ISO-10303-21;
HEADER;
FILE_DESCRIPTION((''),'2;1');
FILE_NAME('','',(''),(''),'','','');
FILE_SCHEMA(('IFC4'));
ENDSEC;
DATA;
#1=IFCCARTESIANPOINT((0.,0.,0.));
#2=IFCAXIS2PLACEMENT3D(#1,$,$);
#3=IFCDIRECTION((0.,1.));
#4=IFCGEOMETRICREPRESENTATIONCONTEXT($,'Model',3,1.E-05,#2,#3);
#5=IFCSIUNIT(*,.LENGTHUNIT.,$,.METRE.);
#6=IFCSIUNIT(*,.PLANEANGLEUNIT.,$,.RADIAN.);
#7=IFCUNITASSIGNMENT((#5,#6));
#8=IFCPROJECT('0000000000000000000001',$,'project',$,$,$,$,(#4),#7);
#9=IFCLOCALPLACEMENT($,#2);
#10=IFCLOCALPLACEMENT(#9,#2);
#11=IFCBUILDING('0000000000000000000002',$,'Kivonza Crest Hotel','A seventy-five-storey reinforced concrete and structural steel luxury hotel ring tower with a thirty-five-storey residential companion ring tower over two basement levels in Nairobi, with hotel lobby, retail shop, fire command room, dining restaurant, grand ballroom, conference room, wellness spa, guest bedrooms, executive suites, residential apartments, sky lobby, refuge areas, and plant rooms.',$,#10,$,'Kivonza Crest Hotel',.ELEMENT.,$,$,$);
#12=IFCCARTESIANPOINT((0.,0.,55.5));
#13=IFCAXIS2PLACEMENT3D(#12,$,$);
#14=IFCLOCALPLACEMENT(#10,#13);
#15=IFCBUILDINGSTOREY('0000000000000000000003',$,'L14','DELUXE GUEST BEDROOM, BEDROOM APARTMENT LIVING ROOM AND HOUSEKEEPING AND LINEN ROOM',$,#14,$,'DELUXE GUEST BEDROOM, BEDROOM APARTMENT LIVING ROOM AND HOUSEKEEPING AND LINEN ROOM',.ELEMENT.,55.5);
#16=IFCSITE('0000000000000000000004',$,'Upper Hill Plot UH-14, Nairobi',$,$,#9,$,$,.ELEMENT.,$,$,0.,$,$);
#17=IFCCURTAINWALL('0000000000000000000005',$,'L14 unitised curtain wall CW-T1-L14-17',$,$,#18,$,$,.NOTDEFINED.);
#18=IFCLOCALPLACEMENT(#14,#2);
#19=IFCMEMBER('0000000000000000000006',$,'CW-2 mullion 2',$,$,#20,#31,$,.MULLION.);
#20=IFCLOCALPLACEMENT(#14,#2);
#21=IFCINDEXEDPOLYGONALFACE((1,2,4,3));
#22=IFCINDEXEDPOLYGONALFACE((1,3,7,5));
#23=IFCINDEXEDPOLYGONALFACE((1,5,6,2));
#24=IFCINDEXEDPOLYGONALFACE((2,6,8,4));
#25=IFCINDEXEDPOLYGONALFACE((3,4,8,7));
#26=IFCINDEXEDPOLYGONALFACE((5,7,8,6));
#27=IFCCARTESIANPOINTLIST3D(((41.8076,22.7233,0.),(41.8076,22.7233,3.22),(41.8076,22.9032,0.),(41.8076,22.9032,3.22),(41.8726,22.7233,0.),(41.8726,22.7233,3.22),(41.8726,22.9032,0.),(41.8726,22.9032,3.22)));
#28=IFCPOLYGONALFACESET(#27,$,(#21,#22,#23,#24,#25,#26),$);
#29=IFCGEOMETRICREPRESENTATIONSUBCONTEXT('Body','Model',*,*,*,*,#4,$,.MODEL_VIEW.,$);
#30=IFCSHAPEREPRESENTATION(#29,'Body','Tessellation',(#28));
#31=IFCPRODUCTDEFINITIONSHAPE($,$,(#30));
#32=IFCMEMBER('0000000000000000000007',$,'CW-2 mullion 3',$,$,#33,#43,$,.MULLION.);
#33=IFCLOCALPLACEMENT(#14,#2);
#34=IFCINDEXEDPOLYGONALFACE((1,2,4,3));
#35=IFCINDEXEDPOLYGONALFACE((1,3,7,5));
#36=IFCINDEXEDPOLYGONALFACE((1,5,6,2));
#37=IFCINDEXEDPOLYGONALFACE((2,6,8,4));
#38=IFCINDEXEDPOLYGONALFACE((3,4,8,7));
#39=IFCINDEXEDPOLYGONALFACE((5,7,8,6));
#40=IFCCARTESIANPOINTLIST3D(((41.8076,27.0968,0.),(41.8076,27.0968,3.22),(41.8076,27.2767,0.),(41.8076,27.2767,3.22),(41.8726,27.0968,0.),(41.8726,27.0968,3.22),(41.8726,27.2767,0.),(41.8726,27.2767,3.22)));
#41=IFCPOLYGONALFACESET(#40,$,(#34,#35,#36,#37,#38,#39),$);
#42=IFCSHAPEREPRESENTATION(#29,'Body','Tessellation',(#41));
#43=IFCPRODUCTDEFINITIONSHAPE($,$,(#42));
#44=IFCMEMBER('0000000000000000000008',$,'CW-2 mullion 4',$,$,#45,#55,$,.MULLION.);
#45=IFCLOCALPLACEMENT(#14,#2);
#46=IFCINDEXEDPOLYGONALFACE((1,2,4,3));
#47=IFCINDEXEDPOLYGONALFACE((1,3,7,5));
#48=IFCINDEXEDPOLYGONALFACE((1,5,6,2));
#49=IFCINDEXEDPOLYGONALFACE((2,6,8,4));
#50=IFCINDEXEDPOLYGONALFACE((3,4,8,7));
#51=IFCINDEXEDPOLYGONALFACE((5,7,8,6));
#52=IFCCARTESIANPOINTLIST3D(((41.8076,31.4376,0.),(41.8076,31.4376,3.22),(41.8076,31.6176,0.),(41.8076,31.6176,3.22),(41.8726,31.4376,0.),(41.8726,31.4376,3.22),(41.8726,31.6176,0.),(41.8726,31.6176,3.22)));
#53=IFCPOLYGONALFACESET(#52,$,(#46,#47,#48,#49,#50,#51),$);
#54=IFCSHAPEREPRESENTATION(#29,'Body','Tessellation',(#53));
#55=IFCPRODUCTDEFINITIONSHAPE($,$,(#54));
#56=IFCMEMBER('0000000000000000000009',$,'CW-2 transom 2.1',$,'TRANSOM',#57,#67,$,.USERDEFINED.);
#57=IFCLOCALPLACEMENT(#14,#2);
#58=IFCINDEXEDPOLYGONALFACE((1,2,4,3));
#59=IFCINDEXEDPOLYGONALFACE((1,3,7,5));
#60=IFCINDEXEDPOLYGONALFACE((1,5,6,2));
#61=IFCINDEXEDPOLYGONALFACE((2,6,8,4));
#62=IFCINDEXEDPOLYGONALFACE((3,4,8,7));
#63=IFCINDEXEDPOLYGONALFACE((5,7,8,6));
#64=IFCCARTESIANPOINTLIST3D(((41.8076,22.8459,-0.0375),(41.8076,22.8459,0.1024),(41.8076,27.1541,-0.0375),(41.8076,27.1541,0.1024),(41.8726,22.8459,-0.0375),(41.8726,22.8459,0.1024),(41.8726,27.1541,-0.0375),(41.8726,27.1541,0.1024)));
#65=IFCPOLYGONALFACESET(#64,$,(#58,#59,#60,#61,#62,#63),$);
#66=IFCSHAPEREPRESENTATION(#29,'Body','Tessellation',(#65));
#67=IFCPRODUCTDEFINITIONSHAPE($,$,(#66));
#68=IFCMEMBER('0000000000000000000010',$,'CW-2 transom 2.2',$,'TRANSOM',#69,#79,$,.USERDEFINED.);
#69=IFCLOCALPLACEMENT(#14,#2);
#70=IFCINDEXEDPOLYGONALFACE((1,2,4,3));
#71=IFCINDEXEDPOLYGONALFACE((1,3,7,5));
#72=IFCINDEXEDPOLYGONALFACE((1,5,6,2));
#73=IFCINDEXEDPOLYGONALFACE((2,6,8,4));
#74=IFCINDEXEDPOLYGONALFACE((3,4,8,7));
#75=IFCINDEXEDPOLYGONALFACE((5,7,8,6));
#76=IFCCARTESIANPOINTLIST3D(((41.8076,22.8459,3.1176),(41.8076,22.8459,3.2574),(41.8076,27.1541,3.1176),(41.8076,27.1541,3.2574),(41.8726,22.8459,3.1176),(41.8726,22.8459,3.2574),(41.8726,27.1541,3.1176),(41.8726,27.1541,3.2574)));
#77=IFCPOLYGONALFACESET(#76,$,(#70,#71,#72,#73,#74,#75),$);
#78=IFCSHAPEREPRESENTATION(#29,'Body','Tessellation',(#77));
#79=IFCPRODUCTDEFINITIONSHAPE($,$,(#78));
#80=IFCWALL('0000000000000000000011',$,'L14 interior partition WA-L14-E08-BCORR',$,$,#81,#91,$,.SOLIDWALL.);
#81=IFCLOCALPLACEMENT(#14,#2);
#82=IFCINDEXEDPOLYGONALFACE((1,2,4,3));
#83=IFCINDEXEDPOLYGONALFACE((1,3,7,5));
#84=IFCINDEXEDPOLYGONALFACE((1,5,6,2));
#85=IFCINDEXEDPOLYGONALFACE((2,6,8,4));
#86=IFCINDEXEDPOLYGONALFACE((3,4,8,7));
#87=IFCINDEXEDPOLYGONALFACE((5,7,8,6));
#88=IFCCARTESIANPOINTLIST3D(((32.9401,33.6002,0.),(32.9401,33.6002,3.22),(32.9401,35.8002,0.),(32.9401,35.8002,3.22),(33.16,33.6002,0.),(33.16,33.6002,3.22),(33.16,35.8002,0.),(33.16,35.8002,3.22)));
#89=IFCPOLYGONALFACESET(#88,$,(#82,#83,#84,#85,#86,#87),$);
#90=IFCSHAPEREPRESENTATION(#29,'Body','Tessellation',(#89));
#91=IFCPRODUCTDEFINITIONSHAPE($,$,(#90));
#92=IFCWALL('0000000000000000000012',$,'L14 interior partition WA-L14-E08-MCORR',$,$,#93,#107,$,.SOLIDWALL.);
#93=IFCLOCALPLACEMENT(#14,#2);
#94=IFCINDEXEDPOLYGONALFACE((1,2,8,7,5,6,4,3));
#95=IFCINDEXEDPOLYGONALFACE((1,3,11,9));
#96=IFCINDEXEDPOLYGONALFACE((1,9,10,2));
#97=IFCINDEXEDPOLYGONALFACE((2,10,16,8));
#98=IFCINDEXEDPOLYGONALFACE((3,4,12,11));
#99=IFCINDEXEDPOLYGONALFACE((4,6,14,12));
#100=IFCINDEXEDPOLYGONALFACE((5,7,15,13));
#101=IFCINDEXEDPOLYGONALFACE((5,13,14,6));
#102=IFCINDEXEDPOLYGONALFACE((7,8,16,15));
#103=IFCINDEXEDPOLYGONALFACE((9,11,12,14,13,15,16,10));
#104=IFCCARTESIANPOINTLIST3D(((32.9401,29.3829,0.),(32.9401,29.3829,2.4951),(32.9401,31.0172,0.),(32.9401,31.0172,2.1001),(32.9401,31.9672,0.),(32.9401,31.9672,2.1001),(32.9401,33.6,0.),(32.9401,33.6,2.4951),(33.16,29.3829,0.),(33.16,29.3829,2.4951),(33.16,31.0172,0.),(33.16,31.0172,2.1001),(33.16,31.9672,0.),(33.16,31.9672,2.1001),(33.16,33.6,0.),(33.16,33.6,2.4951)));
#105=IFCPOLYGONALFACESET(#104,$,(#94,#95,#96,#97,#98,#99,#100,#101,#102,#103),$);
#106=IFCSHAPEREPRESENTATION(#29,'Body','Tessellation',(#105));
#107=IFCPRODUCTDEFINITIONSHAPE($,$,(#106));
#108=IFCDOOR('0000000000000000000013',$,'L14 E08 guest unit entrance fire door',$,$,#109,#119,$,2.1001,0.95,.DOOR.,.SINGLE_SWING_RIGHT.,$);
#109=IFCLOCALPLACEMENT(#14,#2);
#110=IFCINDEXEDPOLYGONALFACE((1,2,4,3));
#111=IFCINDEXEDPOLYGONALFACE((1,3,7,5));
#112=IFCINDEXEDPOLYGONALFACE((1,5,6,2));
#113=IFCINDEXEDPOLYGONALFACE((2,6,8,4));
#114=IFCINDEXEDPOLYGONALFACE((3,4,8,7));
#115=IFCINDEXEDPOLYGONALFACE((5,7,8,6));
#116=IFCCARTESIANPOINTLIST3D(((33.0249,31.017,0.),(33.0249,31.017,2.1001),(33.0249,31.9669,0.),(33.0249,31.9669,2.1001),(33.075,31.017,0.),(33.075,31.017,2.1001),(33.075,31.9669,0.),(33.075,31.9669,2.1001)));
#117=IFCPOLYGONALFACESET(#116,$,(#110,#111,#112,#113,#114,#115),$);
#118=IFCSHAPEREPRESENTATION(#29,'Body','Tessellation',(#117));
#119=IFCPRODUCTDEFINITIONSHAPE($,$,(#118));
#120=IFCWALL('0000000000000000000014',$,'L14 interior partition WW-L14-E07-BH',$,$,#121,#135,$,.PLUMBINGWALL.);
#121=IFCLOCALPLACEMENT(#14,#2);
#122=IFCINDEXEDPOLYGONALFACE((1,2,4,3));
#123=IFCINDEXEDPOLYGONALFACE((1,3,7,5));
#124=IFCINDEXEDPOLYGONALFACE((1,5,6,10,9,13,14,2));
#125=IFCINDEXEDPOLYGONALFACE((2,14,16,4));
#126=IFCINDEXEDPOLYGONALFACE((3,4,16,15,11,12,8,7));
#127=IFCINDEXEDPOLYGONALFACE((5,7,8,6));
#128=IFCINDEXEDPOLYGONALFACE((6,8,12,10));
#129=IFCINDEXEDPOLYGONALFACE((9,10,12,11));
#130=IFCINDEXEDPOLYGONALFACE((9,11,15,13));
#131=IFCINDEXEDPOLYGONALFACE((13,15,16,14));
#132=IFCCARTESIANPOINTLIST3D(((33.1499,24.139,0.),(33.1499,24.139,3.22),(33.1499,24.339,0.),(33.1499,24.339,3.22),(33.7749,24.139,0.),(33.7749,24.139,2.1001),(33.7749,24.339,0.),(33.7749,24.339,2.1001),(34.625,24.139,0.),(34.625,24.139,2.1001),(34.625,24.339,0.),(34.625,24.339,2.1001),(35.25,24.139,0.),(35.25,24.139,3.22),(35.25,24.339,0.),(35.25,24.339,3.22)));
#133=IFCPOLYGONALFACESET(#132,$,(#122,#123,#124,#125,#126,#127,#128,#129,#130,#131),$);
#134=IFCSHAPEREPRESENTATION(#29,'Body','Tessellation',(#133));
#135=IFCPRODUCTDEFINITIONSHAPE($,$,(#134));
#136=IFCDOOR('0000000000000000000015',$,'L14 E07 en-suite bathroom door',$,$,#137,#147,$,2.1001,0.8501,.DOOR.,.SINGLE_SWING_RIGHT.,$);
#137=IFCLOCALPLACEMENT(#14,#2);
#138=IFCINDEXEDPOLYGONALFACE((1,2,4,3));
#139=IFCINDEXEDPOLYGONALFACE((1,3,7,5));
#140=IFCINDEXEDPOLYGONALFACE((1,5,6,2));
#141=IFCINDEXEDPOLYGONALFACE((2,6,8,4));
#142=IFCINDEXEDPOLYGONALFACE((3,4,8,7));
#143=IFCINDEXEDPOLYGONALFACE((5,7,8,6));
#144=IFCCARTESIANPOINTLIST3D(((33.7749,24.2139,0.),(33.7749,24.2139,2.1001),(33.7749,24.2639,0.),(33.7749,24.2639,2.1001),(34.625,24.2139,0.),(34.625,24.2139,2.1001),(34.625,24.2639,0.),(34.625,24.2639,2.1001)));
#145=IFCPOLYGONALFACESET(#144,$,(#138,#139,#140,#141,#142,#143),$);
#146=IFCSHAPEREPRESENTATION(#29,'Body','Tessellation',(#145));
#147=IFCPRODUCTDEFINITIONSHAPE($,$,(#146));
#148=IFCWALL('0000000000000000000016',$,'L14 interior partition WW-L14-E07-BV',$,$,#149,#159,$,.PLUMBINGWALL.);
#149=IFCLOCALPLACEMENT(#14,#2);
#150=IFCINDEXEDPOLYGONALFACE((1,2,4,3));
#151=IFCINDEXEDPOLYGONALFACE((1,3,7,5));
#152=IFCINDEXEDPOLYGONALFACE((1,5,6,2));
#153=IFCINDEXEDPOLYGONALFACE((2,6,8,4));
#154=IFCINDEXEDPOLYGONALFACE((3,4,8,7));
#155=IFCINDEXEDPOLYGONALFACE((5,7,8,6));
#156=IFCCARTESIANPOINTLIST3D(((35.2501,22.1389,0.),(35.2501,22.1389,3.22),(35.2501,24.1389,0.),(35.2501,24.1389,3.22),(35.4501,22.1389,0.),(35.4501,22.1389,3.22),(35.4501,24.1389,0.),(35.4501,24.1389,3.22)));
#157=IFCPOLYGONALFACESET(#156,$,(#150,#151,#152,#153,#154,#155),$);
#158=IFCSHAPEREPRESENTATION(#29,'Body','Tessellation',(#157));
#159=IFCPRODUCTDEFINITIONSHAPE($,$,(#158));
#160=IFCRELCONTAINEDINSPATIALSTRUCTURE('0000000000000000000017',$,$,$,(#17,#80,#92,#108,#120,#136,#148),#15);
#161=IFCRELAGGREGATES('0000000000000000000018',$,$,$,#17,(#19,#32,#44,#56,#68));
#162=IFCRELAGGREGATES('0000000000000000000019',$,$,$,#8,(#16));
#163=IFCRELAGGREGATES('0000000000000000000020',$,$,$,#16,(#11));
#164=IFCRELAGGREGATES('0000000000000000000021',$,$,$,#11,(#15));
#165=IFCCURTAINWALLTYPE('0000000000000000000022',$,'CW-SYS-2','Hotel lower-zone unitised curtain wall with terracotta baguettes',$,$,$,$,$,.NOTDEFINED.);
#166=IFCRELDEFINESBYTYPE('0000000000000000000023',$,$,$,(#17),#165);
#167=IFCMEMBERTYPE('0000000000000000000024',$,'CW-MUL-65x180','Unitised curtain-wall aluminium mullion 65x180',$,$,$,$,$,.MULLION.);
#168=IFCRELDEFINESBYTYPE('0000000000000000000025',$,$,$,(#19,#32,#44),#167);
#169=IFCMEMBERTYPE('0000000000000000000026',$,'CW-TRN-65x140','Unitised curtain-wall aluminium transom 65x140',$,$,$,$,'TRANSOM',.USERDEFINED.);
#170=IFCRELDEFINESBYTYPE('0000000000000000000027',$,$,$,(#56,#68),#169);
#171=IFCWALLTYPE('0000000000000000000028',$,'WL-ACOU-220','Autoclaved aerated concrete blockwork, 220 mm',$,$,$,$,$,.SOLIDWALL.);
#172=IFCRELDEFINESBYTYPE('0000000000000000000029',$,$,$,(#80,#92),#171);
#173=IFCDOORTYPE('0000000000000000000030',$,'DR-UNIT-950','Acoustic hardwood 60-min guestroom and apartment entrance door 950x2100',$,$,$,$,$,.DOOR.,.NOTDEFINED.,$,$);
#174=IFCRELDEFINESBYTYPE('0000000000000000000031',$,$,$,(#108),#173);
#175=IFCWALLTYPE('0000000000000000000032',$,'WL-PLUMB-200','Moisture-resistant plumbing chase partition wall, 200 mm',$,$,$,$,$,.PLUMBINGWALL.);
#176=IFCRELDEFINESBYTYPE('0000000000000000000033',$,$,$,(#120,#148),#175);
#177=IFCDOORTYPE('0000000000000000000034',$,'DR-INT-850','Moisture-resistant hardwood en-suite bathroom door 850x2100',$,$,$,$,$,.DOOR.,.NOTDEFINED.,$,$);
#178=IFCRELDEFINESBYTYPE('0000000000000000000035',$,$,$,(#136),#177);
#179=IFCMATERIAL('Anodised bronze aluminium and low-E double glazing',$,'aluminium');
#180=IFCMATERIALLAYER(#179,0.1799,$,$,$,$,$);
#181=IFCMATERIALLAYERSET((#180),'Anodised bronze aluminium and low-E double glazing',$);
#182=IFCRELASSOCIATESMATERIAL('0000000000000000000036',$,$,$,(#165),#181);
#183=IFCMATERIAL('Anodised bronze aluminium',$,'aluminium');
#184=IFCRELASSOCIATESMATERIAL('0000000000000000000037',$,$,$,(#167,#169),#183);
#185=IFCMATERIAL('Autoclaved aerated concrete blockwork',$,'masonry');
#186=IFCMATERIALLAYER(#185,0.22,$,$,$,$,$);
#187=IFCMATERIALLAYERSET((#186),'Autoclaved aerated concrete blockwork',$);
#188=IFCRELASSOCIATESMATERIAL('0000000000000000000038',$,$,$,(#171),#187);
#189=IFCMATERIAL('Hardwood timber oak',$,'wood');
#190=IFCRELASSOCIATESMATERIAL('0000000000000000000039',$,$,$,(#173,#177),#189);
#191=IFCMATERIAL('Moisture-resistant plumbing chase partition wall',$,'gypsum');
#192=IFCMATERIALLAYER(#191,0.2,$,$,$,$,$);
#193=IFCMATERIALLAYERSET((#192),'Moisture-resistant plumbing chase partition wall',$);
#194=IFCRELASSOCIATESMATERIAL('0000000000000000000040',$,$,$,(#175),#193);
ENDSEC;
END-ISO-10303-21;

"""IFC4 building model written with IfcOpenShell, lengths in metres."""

from ifc_helpers import new_model, si_unit, direction, frame, frame_2d, origin, origin_2d, place, context, subcontext, project, spatial, rectangle, extrude, material, layer, layer_set, material_profile, profile_set, type_object, element, fill, aggregate, save


model = new_model("IFC4")

# Units and contexts
model_context = context("Model", 3, precision=1e-05, world=origin(), true_north=direction((0.0, 1.0)))
body_context = subcontext(model_context, "Body", "Model", "MODEL_VIEW")
ifc_project = project(units=[si_unit("LENGTHUNIT", "METRE"), si_unit("PLANEANGLEUNIT", "RADIAN")], contexts=[model_context])

# Site, building, storey
site_placement = place(None, origin())
site = spatial("IfcSite", under=ifc_project, at=site_placement, Name="Upper Hill Plot UH-14, Nairobi", CompositionType="ELEMENT", RefElevation=0.0)
building_placement = place(site_placement, origin())
building = spatial("IfcBuilding", under=site, at=building_placement, Name="Kivonza Crest Hotel", Description="A seventy-five-storey reinforced concrete and structural steel luxury hotel ring tower with a thirty-five-storey residential companion ring tower over two basement levels in Nairobi, with hotel lobby, retail shop, fire command room, dining restaurant, grand ballroom, conference room, wellness spa, guest bedrooms, executive suites, residential apartments, sky lobby, refuge areas, and plant rooms.", LongName="Kivonza Crest Hotel", CompositionType="ELEMENT")
storey_placement = place(building_placement, frame((0.0, 0.0, 55.5)))
storey = spatial("IfcBuildingStorey", under=building, at=storey_placement, Name="L14", Description="DELUXE GUEST BEDROOM, BEDROOM APARTMENT LIVING ROOM AND HOUSEKEEPING AND LINEN ROOM", LongName="DELUXE GUEST BEDROOM, BEDROOM APARTMENT LIVING ROOM AND HOUSEKEEPING AND LINEN ROOM", CompositionType="ELEMENT", Elevation=55.5)

# Curtain wall, members
ifc_material_1 = material(Name="Anodised bronze aluminium and low-E double glazing", Category="aluminium")
ifc_layer_1 = layer(ifc_material_1, 0.1799)
ifc_layer_set_1 = layer_set([ifc_layer_1], Name="Anodised bronze aluminium and low-E double glazing")
curtain_wall_type = type_object("IfcCurtainWallType", Name="CW-SYS-2", Description="Hotel lower-zone unitised curtain wall with terracotta baguettes", PredefinedType="NOTDEFINED", material=ifc_layer_set_1)
curtain_wall_placement = place(storey_placement, origin())
curtain_wall = element("IfcCurtainWall", 1, at=curtain_wall_placement, inside=storey, type_object=curtain_wall_type, Name="L14 unitised curtain wall CW-T1-L14-17", PredefinedType="NOTDEFINED")
ifc_material_2 = material(Name="Anodised bronze aluminium", Category="aluminium")
ifc_material_profile_1 = material_profile(ifc_material_2, rectangle(XDim=0.0649, YDim=0.1799, at=origin_2d()), Name="CW-M 65x180")
ifc_profile_set_1 = profile_set([ifc_material_profile_1], Name="Anodised bronze aluminium")
member_type_1 = type_object("IfcMemberType", Name="CW-MUL-65x180", Description="Unitised curtain-wall aluminium mullion 65x180", PredefinedType="MULLION", material=ifc_profile_set_1)
member_1_placement = place(storey_placement, frame((41.8401, 22.8132, 0.0), z_axis=(0.0, 0.0, 1.0), x_axis=(-1.0, 0.0, 0.0)))
member_1 = element("IfcMember", 2, at=member_1_placement, type_object=member_type_1, Name="CW-2 mullion 2", PredefinedType="MULLION", context=body_context, shape_type="SweptSolid", body=[
    extrude(rectangle(XDim=0.0649, YDim=0.1799, at=origin_2d()), origin(), (0.0, 0.0, 1.0), 3.22),
])
member_2_placement = place(storey_placement, frame((41.8401, 27.1868, 0.0), z_axis=(0.0, 0.0, 1.0), x_axis=(-1.0, 0.0, 0.0)))
member_2 = element("IfcMember", 3, at=member_2_placement, type_object=member_type_1, Name="CW-2 mullion 3", PredefinedType="MULLION", context=body_context, shape_type="SweptSolid", body=[
    extrude(rectangle(XDim=0.0649, YDim=0.1799, at=origin_2d()), origin(), (0.0, 0.0, 1.0), 3.22),
])
member_3_placement = place(storey_placement, frame((41.8401, 31.5276, 0.0), z_axis=(0.0, 0.0, 1.0), x_axis=(-1.0, 0.0, 0.0)))
member_3 = element("IfcMember", 4, at=member_3_placement, type_object=member_type_1, Name="CW-2 mullion 4", PredefinedType="MULLION", context=body_context, shape_type="SweptSolid", body=[
    extrude(rectangle(XDim=0.0649, YDim=0.1799, at=origin_2d()), origin(), (0.0, 0.0, 1.0), 3.22),
])
ifc_material_profile_2 = material_profile(ifc_material_2, rectangle(XDim=0.0649, YDim=0.1399, at=origin_2d()), Name="CW-T 65x140")
ifc_profile_set_2 = profile_set([ifc_material_profile_2], Name="Anodised bronze aluminium")
member_type_2 = type_object("IfcMemberType", Name="CW-TRN-65x140", Description="Unitised curtain-wall aluminium transom 65x140", ElementType="TRANSOM", PredefinedType="USERDEFINED", material=ifc_profile_set_2)
member_4_placement = place(storey_placement, frame((41.8401, 22.8459, 0.0325), z_axis=(0.0, 1.0, 0.0), x_axis=(-1.0, 0.0, 0.0)))
member_4 = element("IfcMember", 5, at=member_4_placement, type_object=member_type_2, Name="CW-2 transom 2.1", ObjectType="TRANSOM", PredefinedType="USERDEFINED", context=body_context, shape_type="SweptSolid", body=[
    extrude(rectangle(XDim=0.0649, YDim=0.1399, at=origin_2d()), origin(), (0.0, 0.0, 1.0), 4.3081),
])
member_5_placement = place(storey_placement, frame((41.8401, 22.8459, 3.1875), z_axis=(0.0, 1.0, 0.0), x_axis=(-1.0, 0.0, 0.0)))
member_5 = element("IfcMember", 6, at=member_5_placement, type_object=member_type_2, Name="CW-2 transom 2.2", ObjectType="TRANSOM", PredefinedType="USERDEFINED", context=body_context, shape_type="SweptSolid", body=[
    extrude(rectangle(XDim=0.0649, YDim=0.1399, at=origin_2d()), origin(), (0.0, 0.0, 1.0), 4.3081),
])
aggregate(curtain_wall, [member_1, member_2, member_3, member_4, member_5])

# Wall
ifc_material_3 = material(Name="Autoclaved aerated concrete blockwork", Category="masonry")
ifc_layer_2 = layer(ifc_material_3, 0.22)
ifc_layer_set_2 = layer_set([ifc_layer_2], Name="Autoclaved aerated concrete blockwork")
wall_type_1 = type_object("IfcWallType", Name="WL-ACOU-220", Description="Autoclaved aerated concrete blockwork, 220 mm", PredefinedType="SOLIDWALL", material=ifc_layer_set_2)
wall_1_placement = place(storey_placement, frame((33.05, 33.6001, 0.0), z_axis=(0.0, 0.0, 1.0), x_axis=(0.0, 1.0, 0.0)))
element("IfcWall", 7, at=wall_1_placement, inside=storey, type_object=wall_type_1, Name="L14 interior partition WA-L14-E08-BCORR", PredefinedType="SOLIDWALL", context=body_context, shape_type="SweptSolid", body=[
    extrude(rectangle(XDim=2.2, YDim=0.22, at=frame_2d((1.1001, 0.0))), origin(), (0.0, 0.0, 1.0), 3.22),
])

# Walls, openings, doors
wall_2_placement = place(storey_placement, frame((33.05, 29.3831, 0.0), z_axis=(0.0, 0.0, 1.0), x_axis=(0.0, 1.0, 0.0)))
wall_2 = element("IfcWall", 8, at=wall_2_placement, inside=storey, type_object=wall_type_1, Name="L14 interior partition WA-L14-E08-MCORR", PredefinedType="SOLIDWALL", context=body_context, shape_type="SweptSolid", body=[
    extrude(rectangle(XDim=4.217, YDim=0.22, at=frame_2d((2.1084, 0.0))), origin(), (0.0, 0.0, 1.0), 2.4951),
])
opening_1_placement = place(wall_2_placement, frame((1.634, 0.0, 0.0)))
opening_1 = element("IfcOpeningElement", 9, at=opening_1_placement, cuts=wall_2, PredefinedType="OPENING", context=body_context, shape_type="SweptSolid", body=[
    extrude(rectangle(XDim=0.95, YDim=2.1001, at=frame_2d((0.4751, 1.05))), frame((0.0, 0.1201, 0.0), z_axis=(0.0, -1.0, 0.0), x_axis=(1.0, 0.0, 0.0)), (0.0, 0.0, 1.0), 0.24),
])
ifc_material_4 = material(Name="Hardwood timber oak", Category="wood")
door_type_1 = type_object("IfcDoorType", Name="DR-UNIT-950", Description="Acoustic hardwood 60-min guestroom and apartment entrance door 950x2100", OperationType="NOTDEFINED", PredefinedType="DOOR", material=ifc_material_4)
door_1_placement = place(opening_1_placement, frame((0.95, 0.0, 0.0), z_axis=(0.0, 0.0, 1.0), x_axis=(-1.0, 0.0, 0.0)))
door_1 = element("IfcDoor", 10, at=door_1_placement, inside=storey, type_object=door_type_1, Name="L14 E08 guest unit entrance fire door", OperationType="SINGLE_SWING_RIGHT", OverallHeight=2.1001, OverallWidth=0.95, PredefinedType="DOOR", context=body_context, shape_type="SweptSolid", body=[
    extrude(rectangle(XDim=0.95, YDim=2.1001, at=frame_2d((0.4751, 1.05))), frame((0.0, 0.0249, 0.0), z_axis=(0.0, -1.0, 0.0), x_axis=(1.0, 0.0, 0.0)), (0.0, 0.0, 1.0), 0.05),
])
fill(opening_1, door_1)
ifc_material_5 = material(Name="Moisture-resistant plumbing chase partition wall", Category="gypsum")
ifc_layer_3 = layer(ifc_material_5, 0.2)
ifc_layer_set_3 = layer_set([ifc_layer_3], Name="Moisture-resistant plumbing chase partition wall")
wall_type_2 = type_object("IfcWallType", Name="WL-PLUMB-200", Description="Moisture-resistant plumbing chase partition wall, 200 mm", PredefinedType="PLUMBINGWALL", material=ifc_layer_set_3)
wall_3_placement = place(storey_placement, frame((33.1499, 24.239, 0.0), z_axis=(0.0, 0.0, 1.0), x_axis=(1.0, 0.0, 0.0)))
wall_3 = element("IfcWall", 11, at=wall_3_placement, inside=storey, type_object=wall_type_2, Name="L14 interior partition WW-L14-E07-BH", PredefinedType="PLUMBINGWALL", context=body_context, shape_type="SweptSolid", body=[
    extrude(rectangle(XDim=2.1001, YDim=0.2, at=frame_2d((1.05, 0.0))), origin(), (0.0, 0.0, 1.0), 3.22),
])
opening_2_placement = place(wall_3_placement, frame((0.625, 0.0, 0.0)))
opening_2 = element("IfcOpeningElement", 12, at=opening_2_placement, cuts=wall_3, PredefinedType="OPENING", context=body_context, shape_type="SweptSolid", body=[
    extrude(rectangle(XDim=0.8501, YDim=2.1001, at=frame_2d((0.425, 1.05))), frame((0.0, 0.1099, 0.0), z_axis=(0.0, -1.0, 0.0), x_axis=(1.0, 0.0, 0.0)), (0.0, 0.0, 1.0), 0.22),
])
door_type_2 = type_object("IfcDoorType", Name="DR-INT-850", Description="Moisture-resistant hardwood en-suite bathroom door 850x2100", OperationType="NOTDEFINED", PredefinedType="DOOR", material=ifc_material_4)
door_2_placement = place(opening_2_placement, origin())
door_2 = element("IfcDoor", 13, at=door_2_placement, inside=storey, type_object=door_type_2, Name="L14 E07 en-suite bathroom door", OperationType="SINGLE_SWING_RIGHT", OverallHeight=2.1001, OverallWidth=0.8501, PredefinedType="DOOR", context=body_context, shape_type="SweptSolid", body=[
    extrude(rectangle(XDim=0.8501, YDim=2.1001, at=frame_2d((0.425, 1.05))), frame((0.0, 0.0249, 0.0), z_axis=(0.0, -1.0, 0.0), x_axis=(1.0, 0.0, 0.0)), (0.0, 0.0, 1.0), 0.05),
])
fill(opening_2, door_2)

# Wall
wall_4_placement = place(storey_placement, frame((35.3501, 22.1389, 0.0), z_axis=(0.0, 0.0, 1.0), x_axis=(0.0, 1.0, 0.0)))
element("IfcWall", 14, at=wall_4_placement, inside=storey, type_object=wall_type_2, Name="L14 interior partition WW-L14-E07-BV", PredefinedType="PLUMBINGWALL", context=body_context, shape_type="SweptSolid", body=[
    extrude(rectangle(XDim=2.0, YDim=0.2, at=frame_2d((1.0, 0.0))), origin(), (0.0, 0.0, 1.0), 3.22),
])

save(model, "model.ifc")
